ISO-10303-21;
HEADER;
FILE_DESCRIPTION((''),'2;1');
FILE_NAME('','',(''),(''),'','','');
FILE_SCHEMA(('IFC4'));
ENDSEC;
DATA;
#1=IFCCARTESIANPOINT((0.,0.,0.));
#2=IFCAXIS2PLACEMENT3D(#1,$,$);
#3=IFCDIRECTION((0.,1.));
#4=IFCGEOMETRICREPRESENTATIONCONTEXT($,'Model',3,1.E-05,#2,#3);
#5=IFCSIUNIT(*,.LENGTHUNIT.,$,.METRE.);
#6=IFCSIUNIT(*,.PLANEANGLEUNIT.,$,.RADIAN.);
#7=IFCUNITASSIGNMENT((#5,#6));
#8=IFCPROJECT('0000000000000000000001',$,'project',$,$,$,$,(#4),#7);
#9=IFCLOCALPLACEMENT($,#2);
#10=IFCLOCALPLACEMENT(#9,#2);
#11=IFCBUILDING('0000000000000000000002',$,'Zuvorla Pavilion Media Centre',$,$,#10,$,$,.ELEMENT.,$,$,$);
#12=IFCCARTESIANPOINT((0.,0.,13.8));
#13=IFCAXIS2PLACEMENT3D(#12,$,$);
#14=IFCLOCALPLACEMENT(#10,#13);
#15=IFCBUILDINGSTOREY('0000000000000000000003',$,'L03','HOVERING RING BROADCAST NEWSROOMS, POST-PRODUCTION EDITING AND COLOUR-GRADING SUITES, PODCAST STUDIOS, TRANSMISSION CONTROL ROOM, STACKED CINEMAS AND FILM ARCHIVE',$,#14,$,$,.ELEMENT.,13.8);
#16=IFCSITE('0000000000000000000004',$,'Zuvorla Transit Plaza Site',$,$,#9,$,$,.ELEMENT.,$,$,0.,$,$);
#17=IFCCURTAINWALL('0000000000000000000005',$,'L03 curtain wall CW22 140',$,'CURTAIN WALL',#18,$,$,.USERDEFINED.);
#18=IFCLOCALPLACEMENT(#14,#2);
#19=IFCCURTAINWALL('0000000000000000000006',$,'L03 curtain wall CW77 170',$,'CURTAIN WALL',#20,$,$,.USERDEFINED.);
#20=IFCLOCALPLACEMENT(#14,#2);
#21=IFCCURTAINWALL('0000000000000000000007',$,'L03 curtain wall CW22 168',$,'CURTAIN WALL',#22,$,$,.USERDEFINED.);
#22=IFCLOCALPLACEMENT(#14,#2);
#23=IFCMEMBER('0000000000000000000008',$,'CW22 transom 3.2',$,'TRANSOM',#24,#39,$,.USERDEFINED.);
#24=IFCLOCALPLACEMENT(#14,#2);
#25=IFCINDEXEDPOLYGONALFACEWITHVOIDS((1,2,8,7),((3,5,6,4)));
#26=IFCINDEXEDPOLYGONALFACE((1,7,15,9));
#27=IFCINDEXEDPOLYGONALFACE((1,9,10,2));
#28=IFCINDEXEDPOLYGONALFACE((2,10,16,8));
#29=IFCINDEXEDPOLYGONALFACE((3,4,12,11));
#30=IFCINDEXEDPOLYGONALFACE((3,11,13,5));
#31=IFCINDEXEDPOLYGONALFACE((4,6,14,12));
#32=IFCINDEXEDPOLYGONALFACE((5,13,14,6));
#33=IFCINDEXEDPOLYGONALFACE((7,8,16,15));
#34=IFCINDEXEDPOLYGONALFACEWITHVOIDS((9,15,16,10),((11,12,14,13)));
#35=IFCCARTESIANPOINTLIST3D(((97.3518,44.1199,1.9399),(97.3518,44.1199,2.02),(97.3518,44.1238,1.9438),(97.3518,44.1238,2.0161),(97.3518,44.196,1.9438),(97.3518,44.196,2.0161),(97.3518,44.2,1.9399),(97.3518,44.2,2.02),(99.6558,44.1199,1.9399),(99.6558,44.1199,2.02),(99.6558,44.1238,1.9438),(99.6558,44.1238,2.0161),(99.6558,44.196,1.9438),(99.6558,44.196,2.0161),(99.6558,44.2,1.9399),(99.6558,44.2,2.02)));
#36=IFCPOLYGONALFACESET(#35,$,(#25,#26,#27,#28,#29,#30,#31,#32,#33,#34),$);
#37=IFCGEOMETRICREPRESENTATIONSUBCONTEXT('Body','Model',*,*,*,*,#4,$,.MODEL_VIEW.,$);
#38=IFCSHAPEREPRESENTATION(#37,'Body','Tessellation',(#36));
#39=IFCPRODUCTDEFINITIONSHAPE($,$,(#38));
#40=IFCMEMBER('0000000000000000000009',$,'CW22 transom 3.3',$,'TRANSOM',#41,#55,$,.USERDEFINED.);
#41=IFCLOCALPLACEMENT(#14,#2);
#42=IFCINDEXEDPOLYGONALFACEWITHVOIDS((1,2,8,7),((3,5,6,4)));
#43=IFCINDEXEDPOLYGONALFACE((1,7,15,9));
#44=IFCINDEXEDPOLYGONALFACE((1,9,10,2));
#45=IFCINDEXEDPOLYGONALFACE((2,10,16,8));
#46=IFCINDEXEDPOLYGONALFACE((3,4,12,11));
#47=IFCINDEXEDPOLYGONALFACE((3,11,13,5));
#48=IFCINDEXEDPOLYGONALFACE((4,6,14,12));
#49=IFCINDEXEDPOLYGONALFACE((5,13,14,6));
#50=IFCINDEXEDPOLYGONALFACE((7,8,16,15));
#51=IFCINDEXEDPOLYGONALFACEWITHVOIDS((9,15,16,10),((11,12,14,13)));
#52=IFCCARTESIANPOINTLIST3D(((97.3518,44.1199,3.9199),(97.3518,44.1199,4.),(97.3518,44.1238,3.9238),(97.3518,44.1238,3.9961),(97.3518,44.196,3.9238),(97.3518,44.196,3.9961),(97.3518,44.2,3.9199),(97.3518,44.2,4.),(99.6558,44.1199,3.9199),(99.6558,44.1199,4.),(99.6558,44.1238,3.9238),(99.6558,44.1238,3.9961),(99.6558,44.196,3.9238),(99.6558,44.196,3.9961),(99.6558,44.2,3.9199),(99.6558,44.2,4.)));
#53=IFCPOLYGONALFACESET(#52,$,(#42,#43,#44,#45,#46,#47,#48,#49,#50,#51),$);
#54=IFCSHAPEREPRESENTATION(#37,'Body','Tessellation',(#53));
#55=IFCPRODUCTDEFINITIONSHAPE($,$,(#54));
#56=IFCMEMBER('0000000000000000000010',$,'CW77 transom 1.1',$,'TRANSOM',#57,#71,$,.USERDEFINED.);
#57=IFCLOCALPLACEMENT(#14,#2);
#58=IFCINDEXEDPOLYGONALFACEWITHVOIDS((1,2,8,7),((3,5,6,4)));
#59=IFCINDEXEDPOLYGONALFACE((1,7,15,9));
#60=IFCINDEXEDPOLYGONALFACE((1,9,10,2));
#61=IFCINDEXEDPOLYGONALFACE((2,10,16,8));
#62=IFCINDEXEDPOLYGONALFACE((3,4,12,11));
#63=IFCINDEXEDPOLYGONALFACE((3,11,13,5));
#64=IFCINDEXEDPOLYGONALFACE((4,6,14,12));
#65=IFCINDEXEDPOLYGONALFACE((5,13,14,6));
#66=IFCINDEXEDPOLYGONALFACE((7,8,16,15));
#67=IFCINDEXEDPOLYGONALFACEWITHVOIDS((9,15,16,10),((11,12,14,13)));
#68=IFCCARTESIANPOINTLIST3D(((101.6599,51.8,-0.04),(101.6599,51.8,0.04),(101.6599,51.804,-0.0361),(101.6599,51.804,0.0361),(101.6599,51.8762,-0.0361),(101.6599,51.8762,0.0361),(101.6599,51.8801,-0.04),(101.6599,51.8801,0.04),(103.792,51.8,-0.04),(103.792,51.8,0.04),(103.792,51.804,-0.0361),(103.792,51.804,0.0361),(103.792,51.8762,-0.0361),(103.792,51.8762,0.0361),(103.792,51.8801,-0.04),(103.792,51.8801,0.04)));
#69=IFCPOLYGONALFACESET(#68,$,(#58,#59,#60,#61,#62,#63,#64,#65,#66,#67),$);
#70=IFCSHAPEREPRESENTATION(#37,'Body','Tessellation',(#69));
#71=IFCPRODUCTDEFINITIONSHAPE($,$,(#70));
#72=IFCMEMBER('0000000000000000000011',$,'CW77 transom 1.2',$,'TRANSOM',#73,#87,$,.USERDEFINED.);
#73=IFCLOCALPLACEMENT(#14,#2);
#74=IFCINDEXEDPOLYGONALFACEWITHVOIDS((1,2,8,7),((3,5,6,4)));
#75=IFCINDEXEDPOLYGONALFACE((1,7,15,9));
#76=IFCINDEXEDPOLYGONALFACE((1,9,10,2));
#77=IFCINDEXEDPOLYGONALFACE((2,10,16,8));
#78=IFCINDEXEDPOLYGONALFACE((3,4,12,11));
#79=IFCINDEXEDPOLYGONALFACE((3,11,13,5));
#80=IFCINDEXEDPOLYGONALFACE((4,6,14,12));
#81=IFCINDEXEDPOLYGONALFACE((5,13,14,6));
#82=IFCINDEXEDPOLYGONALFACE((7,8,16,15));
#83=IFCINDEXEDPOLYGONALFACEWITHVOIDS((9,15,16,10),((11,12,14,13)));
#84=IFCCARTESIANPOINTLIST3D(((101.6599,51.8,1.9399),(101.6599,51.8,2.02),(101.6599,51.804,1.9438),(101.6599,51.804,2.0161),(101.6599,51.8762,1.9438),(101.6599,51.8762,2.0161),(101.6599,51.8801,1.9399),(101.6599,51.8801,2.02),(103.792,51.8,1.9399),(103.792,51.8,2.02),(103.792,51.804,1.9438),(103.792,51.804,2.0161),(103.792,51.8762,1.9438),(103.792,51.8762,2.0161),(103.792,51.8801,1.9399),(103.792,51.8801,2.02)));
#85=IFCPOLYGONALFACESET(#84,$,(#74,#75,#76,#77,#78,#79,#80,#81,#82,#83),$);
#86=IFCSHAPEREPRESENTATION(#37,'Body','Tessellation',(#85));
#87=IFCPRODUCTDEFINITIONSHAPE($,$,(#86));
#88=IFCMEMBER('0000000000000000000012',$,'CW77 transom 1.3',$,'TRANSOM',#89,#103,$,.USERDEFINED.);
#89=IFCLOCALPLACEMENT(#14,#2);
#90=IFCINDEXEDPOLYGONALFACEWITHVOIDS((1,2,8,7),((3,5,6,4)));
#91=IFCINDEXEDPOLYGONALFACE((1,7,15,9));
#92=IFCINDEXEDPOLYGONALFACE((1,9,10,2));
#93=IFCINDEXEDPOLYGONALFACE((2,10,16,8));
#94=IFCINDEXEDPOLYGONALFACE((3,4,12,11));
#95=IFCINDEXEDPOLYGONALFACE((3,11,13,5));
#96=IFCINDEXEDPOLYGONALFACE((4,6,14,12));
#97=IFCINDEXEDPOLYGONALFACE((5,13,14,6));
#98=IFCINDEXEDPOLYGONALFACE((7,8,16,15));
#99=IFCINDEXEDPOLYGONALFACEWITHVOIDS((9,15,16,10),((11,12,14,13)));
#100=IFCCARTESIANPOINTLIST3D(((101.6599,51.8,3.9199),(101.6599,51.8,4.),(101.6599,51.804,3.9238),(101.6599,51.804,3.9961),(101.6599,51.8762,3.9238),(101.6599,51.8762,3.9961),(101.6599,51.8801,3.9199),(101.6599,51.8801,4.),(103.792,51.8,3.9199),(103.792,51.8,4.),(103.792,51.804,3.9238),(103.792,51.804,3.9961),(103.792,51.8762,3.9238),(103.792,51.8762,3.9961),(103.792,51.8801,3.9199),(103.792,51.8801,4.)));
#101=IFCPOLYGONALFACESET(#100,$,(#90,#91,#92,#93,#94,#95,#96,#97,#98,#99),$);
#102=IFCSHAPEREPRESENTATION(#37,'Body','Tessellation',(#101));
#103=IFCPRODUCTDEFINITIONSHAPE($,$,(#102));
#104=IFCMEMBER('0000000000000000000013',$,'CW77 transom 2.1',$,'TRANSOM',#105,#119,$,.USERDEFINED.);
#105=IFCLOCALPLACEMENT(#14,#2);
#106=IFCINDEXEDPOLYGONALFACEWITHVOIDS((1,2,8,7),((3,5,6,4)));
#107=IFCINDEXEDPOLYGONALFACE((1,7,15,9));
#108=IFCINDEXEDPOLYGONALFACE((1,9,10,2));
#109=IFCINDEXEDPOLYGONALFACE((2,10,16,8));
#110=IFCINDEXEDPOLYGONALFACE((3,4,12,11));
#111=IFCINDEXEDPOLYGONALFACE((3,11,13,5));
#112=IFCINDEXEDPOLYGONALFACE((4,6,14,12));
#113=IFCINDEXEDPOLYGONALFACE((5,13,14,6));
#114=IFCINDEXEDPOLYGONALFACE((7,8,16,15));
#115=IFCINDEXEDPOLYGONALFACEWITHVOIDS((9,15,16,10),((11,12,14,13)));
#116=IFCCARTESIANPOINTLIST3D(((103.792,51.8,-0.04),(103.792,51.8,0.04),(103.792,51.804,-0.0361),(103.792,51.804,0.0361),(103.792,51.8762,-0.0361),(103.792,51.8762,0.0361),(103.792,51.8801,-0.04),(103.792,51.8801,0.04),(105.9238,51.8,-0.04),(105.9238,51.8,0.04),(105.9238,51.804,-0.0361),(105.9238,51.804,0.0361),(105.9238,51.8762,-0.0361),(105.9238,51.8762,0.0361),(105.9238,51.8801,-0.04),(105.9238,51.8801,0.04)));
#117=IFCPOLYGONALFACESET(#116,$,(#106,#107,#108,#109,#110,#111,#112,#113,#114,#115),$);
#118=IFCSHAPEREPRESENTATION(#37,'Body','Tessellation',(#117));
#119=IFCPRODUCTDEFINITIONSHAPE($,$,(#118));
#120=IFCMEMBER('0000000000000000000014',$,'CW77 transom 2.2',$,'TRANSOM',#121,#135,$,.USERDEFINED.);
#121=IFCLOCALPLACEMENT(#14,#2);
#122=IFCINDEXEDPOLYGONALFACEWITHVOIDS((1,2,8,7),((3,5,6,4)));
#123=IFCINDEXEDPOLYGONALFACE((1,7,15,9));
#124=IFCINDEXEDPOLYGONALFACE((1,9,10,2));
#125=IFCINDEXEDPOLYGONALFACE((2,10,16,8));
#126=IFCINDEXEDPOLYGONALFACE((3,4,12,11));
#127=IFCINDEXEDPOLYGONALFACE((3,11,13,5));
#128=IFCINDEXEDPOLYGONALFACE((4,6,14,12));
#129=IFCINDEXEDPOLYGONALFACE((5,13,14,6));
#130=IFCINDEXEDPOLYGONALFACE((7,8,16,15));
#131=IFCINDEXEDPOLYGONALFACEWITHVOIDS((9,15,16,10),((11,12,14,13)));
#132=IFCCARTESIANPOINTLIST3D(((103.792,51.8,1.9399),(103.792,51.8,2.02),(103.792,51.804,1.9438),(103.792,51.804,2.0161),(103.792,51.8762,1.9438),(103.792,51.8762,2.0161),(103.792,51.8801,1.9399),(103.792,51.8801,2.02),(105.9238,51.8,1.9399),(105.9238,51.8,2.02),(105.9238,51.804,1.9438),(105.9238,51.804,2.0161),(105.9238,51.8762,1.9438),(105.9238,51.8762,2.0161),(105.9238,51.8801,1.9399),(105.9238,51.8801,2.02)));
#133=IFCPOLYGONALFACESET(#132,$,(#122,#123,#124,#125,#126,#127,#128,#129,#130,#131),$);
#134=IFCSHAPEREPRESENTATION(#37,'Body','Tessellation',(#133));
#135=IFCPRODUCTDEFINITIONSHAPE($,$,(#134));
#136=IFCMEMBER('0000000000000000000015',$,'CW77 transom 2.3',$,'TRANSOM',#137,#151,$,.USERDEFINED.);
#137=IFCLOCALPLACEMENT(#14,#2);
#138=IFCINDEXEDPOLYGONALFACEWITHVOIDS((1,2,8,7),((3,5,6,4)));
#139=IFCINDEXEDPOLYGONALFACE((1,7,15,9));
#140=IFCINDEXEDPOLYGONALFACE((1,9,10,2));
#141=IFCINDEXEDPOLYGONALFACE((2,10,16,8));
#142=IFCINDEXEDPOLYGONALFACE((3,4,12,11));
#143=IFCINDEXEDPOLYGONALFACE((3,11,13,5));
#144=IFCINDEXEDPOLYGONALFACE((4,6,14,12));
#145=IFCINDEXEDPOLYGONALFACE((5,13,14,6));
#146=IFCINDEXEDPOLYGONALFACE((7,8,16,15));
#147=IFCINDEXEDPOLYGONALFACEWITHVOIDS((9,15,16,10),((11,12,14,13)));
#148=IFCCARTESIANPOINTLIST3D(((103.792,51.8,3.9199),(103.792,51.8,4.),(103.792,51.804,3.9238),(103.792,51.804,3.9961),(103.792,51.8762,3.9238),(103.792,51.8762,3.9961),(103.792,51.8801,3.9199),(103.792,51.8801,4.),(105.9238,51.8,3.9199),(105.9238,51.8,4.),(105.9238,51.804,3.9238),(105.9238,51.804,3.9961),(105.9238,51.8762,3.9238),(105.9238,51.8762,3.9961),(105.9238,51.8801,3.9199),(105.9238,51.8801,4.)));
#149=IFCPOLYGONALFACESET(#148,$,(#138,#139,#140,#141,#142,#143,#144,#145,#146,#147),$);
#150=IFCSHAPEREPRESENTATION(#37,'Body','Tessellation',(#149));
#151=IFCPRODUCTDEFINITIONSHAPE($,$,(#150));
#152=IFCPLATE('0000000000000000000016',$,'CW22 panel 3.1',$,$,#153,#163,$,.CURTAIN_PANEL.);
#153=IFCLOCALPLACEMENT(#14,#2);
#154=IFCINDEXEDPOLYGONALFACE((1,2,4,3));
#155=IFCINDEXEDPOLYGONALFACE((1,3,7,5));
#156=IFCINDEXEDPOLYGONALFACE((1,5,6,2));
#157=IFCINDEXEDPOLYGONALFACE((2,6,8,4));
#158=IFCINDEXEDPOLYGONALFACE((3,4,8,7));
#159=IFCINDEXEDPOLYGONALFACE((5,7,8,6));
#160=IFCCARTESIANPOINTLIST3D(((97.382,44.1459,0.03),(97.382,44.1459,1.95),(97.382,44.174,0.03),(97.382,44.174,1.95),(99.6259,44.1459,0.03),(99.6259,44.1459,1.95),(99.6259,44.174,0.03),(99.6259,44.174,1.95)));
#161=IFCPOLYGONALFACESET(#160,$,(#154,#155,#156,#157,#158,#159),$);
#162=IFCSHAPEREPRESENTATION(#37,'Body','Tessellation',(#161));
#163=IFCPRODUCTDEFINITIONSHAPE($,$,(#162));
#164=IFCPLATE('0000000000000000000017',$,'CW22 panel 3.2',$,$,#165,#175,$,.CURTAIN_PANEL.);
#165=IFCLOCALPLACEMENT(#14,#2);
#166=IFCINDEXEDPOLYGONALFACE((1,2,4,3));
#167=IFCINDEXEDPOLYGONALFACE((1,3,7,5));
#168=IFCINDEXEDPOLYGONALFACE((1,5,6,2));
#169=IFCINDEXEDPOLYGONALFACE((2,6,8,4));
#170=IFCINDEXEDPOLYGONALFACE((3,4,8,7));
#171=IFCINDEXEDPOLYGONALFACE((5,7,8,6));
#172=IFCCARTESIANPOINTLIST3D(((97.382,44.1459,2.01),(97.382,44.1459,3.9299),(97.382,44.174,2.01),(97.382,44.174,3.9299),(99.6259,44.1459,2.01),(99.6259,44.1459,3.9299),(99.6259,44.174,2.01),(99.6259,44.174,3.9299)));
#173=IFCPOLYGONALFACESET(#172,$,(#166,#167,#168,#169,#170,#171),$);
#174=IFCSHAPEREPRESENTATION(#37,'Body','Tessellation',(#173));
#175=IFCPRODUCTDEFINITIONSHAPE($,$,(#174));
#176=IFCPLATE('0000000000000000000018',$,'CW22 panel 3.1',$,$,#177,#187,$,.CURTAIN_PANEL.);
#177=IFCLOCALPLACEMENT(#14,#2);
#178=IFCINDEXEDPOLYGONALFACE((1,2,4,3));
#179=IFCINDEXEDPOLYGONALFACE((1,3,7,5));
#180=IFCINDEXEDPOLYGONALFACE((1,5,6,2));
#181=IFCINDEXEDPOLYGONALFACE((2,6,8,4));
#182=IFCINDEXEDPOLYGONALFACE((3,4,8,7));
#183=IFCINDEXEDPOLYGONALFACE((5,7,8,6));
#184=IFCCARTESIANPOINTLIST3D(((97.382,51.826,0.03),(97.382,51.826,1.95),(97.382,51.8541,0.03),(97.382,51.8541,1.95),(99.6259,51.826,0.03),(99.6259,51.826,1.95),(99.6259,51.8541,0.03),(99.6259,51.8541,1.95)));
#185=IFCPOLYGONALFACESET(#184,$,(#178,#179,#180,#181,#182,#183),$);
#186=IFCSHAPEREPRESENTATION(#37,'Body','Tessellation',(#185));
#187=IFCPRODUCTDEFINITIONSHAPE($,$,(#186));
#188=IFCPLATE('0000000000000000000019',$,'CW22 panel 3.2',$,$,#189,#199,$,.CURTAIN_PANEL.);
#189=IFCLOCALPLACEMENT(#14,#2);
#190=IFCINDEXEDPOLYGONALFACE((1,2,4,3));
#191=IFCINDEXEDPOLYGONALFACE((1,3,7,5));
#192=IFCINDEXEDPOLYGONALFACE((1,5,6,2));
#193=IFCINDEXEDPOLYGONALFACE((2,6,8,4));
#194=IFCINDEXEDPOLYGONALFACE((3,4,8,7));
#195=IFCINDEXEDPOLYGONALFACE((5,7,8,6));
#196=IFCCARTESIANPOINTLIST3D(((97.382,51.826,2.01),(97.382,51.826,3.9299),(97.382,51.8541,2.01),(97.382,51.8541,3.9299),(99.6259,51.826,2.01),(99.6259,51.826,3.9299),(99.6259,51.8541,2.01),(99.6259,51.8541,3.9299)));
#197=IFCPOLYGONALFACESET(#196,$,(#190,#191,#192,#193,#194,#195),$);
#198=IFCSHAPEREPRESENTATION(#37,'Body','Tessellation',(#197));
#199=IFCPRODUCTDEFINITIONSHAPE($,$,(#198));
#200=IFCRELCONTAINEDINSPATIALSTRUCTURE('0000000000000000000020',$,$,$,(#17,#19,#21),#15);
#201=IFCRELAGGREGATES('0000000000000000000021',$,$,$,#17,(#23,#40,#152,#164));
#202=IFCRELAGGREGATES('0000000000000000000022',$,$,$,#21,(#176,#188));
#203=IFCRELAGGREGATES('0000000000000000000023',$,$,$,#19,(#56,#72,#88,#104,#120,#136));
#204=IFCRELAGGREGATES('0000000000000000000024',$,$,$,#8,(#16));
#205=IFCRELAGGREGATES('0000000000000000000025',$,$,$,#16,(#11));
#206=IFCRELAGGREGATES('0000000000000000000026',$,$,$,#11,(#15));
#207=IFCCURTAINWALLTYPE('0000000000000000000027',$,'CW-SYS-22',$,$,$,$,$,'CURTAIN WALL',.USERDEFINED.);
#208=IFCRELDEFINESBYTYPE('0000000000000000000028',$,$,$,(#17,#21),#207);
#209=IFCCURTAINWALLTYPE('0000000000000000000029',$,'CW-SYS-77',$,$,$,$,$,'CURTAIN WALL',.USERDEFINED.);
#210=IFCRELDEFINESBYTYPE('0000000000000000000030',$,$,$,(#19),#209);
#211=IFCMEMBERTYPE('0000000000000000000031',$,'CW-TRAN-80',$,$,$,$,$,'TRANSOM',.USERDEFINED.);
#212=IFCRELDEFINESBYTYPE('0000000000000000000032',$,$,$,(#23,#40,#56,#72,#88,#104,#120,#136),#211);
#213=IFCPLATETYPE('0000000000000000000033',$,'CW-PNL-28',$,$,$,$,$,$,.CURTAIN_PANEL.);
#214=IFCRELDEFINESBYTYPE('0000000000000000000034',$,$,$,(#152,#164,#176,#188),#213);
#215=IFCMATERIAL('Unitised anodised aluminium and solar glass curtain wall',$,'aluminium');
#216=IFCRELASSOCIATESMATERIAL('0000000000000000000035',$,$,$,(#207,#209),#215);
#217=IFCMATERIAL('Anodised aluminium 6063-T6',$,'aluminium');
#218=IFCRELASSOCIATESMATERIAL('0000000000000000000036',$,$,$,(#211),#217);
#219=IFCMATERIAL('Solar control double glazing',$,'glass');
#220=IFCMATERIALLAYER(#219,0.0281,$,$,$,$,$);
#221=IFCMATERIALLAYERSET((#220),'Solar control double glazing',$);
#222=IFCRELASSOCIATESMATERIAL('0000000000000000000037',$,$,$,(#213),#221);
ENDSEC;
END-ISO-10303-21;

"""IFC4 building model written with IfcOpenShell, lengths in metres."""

from ifc_helpers import new_model, si_unit, direction, frame, origin, origin_2d, place, context, subcontext, project, spatial, rectangle, hollow_rectangle, extrude, material, layer, layer_set, material_profile, profile_set, type_object, element, aggregate, save


model = new_model("IFC4")

# Units and contexts
model_context = context("Model", 3, precision=1e-05, world=origin(), true_north=direction((0.0, 1.0)))
body_context = subcontext(model_context, "Body", "Model", "MODEL_VIEW")
ifc_project = project(units=[si_unit("LENGTHUNIT", "METRE"), si_unit("PLANEANGLEUNIT", "RADIAN")], contexts=[model_context])

# Site, building, storey
site_placement = place(None, origin())
site = spatial("IfcSite", under=ifc_project, at=site_placement, Name="Zuvorla Transit Plaza Site", CompositionType="ELEMENT", RefElevation=0.0)
building_placement = place(site_placement, origin())
building = spatial("IfcBuilding", under=site, at=building_placement, Name="Zuvorla Pavilion Media Centre", CompositionType="ELEMENT")
storey_placement = place(building_placement, frame((0.0, 0.0, 13.8)))
storey = spatial("IfcBuildingStorey", under=building, at=storey_placement, Name="L03", Description="HOVERING RING BROADCAST NEWSROOMS, POST-PRODUCTION EDITING AND COLOUR-GRADING SUITES, PODCAST STUDIOS, TRANSMISSION CONTROL ROOM, STACKED CINEMAS AND FILM ARCHIVE", CompositionType="ELEMENT", Elevation=13.8)

# Curtain wall
ifc_material_1 = material(Name="Unitised anodised aluminium and solar glass curtain wall", Category="aluminium")
curtain_wall_type_1 = type_object("IfcCurtainWallType", Name="CW-SYS-22", ElementType="CURTAIN WALL", PredefinedType="USERDEFINED", material=ifc_material_1)
curtain_wall_1_placement = place(storey_placement, origin())
curtain_wall_1 = element("IfcCurtainWall", 1, at=curtain_wall_1_placement, inside=storey, type_object=curtain_wall_type_1, Name="L03 curtain wall CW22 140", ObjectType="CURTAIN WALL", PredefinedType="USERDEFINED")
ifc_material_2 = material(Name="Anodised aluminium 6063-T6", Category="aluminium")

# Curtain walls
curtain_wall_type_2 = type_object("IfcCurtainWallType", Name="CW-SYS-77", ElementType="CURTAIN WALL", PredefinedType="USERDEFINED", material=ifc_material_1)
curtain_wall_2_placement = place(storey_placement, origin())
curtain_wall_2 = element("IfcCurtainWall", 2, at=curtain_wall_2_placement, inside=storey, type_object=curtain_wall_type_2, Name="L03 curtain wall CW77 170", ObjectType="CURTAIN WALL", PredefinedType="USERDEFINED")
curtain_wall_3_placement = place(storey_placement, origin())
curtain_wall_3 = element("IfcCurtainWall", 3, at=curtain_wall_3_placement, inside=storey, type_object=curtain_wall_type_1, Name="L03 curtain wall CW22 168", ObjectType="CURTAIN WALL", PredefinedType="USERDEFINED")

# Members
ifc_material_profile_1 = material_profile(ifc_material_2, hollow_rectangle(XDim=0.0801, YDim=0.0801, WallThickness=0.0039, at=origin_2d()), Name="ALU TRAN 80x80")
ifc_profile_set_1 = profile_set([ifc_material_profile_1], Name="Anodised aluminium 6063-T6")
member_type_1 = type_object("IfcMemberType", Name="CW-TRAN-80", ElementType="TRANSOM", PredefinedType="USERDEFINED", material=ifc_profile_set_1)
member_1_placement = place(storey_placement, frame((97.3518, 44.1599, 1.98), z_axis=(1.0, 0.0, 0.0), x_axis=(0.0, 1.0, 0.0)))
member_1 = element("IfcMember", 4, at=member_1_placement, type_object=member_type_1, Name="CW22 transom 3.2", ObjectType="TRANSOM", PredefinedType="USERDEFINED", context=body_context, shape_type="SweptSolid", body=[
    extrude(hollow_rectangle(XDim=0.0801, YDim=0.0801, WallThickness=0.0039, at=origin_2d()), origin(), (0.0, 0.0, 1.0), 2.304),
])
member_2_placement = place(storey_placement, frame((97.3518, 44.1599, 3.96), z_axis=(1.0, 0.0, 0.0), x_axis=(0.0, 1.0, 0.0)))
member_2 = element("IfcMember", 5, at=member_2_placement, type_object=member_type_1, Name="CW22 transom 3.3", ObjectType="TRANSOM", PredefinedType="USERDEFINED", context=body_context, shape_type="SweptSolid", body=[
    extrude(hollow_rectangle(XDim=0.0801, YDim=0.0801, WallThickness=0.0039, at=origin_2d()), origin(), (0.0, 0.0, 1.0), 2.304),
])
member_3_placement = place(storey_placement, frame((101.6599, 51.8401, 0.0), z_axis=(1.0, 0.0, 0.0), x_axis=(0.0, 1.0, 0.0)))
member_3 = element("IfcMember", 6, at=member_3_placement, type_object=member_type_1, Name="CW77 transom 1.1", ObjectType="TRANSOM", PredefinedType="USERDEFINED", context=body_context, shape_type="SweptSolid", body=[
    extrude(hollow_rectangle(XDim=0.0801, YDim=0.0801, WallThickness=0.0039, at=origin_2d()), origin(), (0.0, 0.0, 1.0), 2.1321),
])
member_4_placement = place(storey_placement, frame((101.6599, 51.8401, 1.98), z_axis=(1.0, 0.0, 0.0), x_axis=(0.0, 1.0, 0.0)))
member_4 = element("IfcMember", 7, at=member_4_placement, type_object=member_type_1, Name="CW77 transom 1.2", ObjectType="TRANSOM", PredefinedType="USERDEFINED", context=body_context, shape_type="SweptSolid", body=[
    extrude(hollow_rectangle(XDim=0.0801, YDim=0.0801, WallThickness=0.0039, at=origin_2d()), origin(), (0.0, 0.0, 1.0), 2.1321),
])
member_5_placement = place(storey_placement, frame((101.6599, 51.8401, 3.96), z_axis=(1.0, 0.0, 0.0), x_axis=(0.0, 1.0, 0.0)))
member_5 = element("IfcMember", 8, at=member_5_placement, type_object=member_type_1, Name="CW77 transom 1.3", ObjectType="TRANSOM", PredefinedType="USERDEFINED", context=body_context, shape_type="SweptSolid", body=[
    extrude(hollow_rectangle(XDim=0.0801, YDim=0.0801, WallThickness=0.0039, at=origin_2d()), origin(), (0.0, 0.0, 1.0), 2.1321),
])
member_6_placement = place(storey_placement, frame((103.792, 51.8401, 0.0), z_axis=(1.0, 0.0, 0.0), x_axis=(0.0, 1.0, 0.0)))
member_6 = element("IfcMember", 9, at=member_6_placement, type_object=member_type_1, Name="CW77 transom 2.1", ObjectType="TRANSOM", PredefinedType="USERDEFINED", context=body_context, shape_type="SweptSolid", body=[
    extrude(hollow_rectangle(XDim=0.0801, YDim=0.0801, WallThickness=0.0039, at=origin_2d()), origin(), (0.0, 0.0, 1.0), 2.1318),
])
member_7_placement = place(storey_placement, frame((103.792, 51.8401, 1.98), z_axis=(1.0, 0.0, 0.0), x_axis=(0.0, 1.0, 0.0)))
member_7 = element("IfcMember", 10, at=member_7_placement, type_object=member_type_1, Name="CW77 transom 2.2", ObjectType="TRANSOM", PredefinedType="USERDEFINED", context=body_context, shape_type="SweptSolid", body=[
    extrude(hollow_rectangle(XDim=0.0801, YDim=0.0801, WallThickness=0.0039, at=origin_2d()), origin(), (0.0, 0.0, 1.0), 2.1318),
])
member_8_placement = place(storey_placement, frame((103.792, 51.8401, 3.96), z_axis=(1.0, 0.0, 0.0), x_axis=(0.0, 1.0, 0.0)))
member_8 = element("IfcMember", 11, at=member_8_placement, type_object=member_type_1, Name="CW77 transom 2.3", ObjectType="TRANSOM", PredefinedType="USERDEFINED", context=body_context, shape_type="SweptSolid", body=[
    extrude(hollow_rectangle(XDim=0.0801, YDim=0.0801, WallThickness=0.0039, at=origin_2d()), origin(), (0.0, 0.0, 1.0), 2.1318),
])

# Plates
ifc_material_3 = material(Name="Solar control double glazing", Category="glass")
ifc_layer_1 = layer(ifc_material_3, 0.0281)
ifc_layer_set_1 = layer_set([ifc_layer_1], Name="Solar control double glazing")
plate_type_1 = type_object("IfcPlateType", Name="CW-PNL-28", PredefinedType="CURTAIN_PANEL", material=ifc_layer_set_1)
plate_1_placement = place(storey_placement, frame((98.5039, 44.1599, 0.03), z_axis=(0.0, 0.0, 1.0), x_axis=(1.0, 0.0, 0.0)))
plate_1 = element("IfcPlate", 12, at=plate_1_placement, type_object=plate_type_1, Name="CW22 panel 3.1", PredefinedType="CURTAIN_PANEL", context=body_context, shape_type="SweptSolid", body=[
    extrude(rectangle(XDim=2.2439, YDim=0.0281, at=origin_2d()), origin(), (0.0, 0.0, 1.0), 1.9199),
])
plate_2_placement = place(storey_placement, frame((98.5039, 44.1599, 2.01), z_axis=(0.0, 0.0, 1.0), x_axis=(1.0, 0.0, 0.0)))
plate_2 = element("IfcPlate", 13, at=plate_2_placement, type_object=plate_type_1, Name="CW22 panel 3.2", PredefinedType="CURTAIN_PANEL", context=body_context, shape_type="SweptSolid", body=[
    extrude(rectangle(XDim=2.2439, YDim=0.0281, at=origin_2d()), origin(), (0.0, 0.0, 1.0), 1.9199),
])
aggregate(curtain_wall_1, [member_1, member_2, plate_1, plate_2])
plate_3_placement = place(storey_placement, frame((98.5039, 51.8401, 0.03), z_axis=(0.0, 0.0, 1.0), x_axis=(1.0, 0.0, 0.0)))
plate_3 = element("IfcPlate", 14, at=plate_3_placement, type_object=plate_type_1, Name="CW22 panel 3.1", PredefinedType="CURTAIN_PANEL", context=body_context, shape_type="SweptSolid", body=[
    extrude(rectangle(XDim=2.2439, YDim=0.0281, at=origin_2d()), origin(), (0.0, 0.0, 1.0), 1.9199),
])
plate_4_placement = place(storey_placement, frame((98.5039, 51.8401, 2.01), z_axis=(0.0, 0.0, 1.0), x_axis=(1.0, 0.0, 0.0)))
plate_4 = element("IfcPlate", 15, at=plate_4_placement, type_object=plate_type_1, Name="CW22 panel 3.2", PredefinedType="CURTAIN_PANEL", context=body_context, shape_type="SweptSolid", body=[
    extrude(rectangle(XDim=2.2439, YDim=0.0281, at=origin_2d()), origin(), (0.0, 0.0, 1.0), 1.9199),
])
aggregate(curtain_wall_3, [plate_3, plate_4])
aggregate(curtain_wall_2, [member_3, member_4, member_5, member_6, member_7, member_8])

save(model, "model.ifc")
